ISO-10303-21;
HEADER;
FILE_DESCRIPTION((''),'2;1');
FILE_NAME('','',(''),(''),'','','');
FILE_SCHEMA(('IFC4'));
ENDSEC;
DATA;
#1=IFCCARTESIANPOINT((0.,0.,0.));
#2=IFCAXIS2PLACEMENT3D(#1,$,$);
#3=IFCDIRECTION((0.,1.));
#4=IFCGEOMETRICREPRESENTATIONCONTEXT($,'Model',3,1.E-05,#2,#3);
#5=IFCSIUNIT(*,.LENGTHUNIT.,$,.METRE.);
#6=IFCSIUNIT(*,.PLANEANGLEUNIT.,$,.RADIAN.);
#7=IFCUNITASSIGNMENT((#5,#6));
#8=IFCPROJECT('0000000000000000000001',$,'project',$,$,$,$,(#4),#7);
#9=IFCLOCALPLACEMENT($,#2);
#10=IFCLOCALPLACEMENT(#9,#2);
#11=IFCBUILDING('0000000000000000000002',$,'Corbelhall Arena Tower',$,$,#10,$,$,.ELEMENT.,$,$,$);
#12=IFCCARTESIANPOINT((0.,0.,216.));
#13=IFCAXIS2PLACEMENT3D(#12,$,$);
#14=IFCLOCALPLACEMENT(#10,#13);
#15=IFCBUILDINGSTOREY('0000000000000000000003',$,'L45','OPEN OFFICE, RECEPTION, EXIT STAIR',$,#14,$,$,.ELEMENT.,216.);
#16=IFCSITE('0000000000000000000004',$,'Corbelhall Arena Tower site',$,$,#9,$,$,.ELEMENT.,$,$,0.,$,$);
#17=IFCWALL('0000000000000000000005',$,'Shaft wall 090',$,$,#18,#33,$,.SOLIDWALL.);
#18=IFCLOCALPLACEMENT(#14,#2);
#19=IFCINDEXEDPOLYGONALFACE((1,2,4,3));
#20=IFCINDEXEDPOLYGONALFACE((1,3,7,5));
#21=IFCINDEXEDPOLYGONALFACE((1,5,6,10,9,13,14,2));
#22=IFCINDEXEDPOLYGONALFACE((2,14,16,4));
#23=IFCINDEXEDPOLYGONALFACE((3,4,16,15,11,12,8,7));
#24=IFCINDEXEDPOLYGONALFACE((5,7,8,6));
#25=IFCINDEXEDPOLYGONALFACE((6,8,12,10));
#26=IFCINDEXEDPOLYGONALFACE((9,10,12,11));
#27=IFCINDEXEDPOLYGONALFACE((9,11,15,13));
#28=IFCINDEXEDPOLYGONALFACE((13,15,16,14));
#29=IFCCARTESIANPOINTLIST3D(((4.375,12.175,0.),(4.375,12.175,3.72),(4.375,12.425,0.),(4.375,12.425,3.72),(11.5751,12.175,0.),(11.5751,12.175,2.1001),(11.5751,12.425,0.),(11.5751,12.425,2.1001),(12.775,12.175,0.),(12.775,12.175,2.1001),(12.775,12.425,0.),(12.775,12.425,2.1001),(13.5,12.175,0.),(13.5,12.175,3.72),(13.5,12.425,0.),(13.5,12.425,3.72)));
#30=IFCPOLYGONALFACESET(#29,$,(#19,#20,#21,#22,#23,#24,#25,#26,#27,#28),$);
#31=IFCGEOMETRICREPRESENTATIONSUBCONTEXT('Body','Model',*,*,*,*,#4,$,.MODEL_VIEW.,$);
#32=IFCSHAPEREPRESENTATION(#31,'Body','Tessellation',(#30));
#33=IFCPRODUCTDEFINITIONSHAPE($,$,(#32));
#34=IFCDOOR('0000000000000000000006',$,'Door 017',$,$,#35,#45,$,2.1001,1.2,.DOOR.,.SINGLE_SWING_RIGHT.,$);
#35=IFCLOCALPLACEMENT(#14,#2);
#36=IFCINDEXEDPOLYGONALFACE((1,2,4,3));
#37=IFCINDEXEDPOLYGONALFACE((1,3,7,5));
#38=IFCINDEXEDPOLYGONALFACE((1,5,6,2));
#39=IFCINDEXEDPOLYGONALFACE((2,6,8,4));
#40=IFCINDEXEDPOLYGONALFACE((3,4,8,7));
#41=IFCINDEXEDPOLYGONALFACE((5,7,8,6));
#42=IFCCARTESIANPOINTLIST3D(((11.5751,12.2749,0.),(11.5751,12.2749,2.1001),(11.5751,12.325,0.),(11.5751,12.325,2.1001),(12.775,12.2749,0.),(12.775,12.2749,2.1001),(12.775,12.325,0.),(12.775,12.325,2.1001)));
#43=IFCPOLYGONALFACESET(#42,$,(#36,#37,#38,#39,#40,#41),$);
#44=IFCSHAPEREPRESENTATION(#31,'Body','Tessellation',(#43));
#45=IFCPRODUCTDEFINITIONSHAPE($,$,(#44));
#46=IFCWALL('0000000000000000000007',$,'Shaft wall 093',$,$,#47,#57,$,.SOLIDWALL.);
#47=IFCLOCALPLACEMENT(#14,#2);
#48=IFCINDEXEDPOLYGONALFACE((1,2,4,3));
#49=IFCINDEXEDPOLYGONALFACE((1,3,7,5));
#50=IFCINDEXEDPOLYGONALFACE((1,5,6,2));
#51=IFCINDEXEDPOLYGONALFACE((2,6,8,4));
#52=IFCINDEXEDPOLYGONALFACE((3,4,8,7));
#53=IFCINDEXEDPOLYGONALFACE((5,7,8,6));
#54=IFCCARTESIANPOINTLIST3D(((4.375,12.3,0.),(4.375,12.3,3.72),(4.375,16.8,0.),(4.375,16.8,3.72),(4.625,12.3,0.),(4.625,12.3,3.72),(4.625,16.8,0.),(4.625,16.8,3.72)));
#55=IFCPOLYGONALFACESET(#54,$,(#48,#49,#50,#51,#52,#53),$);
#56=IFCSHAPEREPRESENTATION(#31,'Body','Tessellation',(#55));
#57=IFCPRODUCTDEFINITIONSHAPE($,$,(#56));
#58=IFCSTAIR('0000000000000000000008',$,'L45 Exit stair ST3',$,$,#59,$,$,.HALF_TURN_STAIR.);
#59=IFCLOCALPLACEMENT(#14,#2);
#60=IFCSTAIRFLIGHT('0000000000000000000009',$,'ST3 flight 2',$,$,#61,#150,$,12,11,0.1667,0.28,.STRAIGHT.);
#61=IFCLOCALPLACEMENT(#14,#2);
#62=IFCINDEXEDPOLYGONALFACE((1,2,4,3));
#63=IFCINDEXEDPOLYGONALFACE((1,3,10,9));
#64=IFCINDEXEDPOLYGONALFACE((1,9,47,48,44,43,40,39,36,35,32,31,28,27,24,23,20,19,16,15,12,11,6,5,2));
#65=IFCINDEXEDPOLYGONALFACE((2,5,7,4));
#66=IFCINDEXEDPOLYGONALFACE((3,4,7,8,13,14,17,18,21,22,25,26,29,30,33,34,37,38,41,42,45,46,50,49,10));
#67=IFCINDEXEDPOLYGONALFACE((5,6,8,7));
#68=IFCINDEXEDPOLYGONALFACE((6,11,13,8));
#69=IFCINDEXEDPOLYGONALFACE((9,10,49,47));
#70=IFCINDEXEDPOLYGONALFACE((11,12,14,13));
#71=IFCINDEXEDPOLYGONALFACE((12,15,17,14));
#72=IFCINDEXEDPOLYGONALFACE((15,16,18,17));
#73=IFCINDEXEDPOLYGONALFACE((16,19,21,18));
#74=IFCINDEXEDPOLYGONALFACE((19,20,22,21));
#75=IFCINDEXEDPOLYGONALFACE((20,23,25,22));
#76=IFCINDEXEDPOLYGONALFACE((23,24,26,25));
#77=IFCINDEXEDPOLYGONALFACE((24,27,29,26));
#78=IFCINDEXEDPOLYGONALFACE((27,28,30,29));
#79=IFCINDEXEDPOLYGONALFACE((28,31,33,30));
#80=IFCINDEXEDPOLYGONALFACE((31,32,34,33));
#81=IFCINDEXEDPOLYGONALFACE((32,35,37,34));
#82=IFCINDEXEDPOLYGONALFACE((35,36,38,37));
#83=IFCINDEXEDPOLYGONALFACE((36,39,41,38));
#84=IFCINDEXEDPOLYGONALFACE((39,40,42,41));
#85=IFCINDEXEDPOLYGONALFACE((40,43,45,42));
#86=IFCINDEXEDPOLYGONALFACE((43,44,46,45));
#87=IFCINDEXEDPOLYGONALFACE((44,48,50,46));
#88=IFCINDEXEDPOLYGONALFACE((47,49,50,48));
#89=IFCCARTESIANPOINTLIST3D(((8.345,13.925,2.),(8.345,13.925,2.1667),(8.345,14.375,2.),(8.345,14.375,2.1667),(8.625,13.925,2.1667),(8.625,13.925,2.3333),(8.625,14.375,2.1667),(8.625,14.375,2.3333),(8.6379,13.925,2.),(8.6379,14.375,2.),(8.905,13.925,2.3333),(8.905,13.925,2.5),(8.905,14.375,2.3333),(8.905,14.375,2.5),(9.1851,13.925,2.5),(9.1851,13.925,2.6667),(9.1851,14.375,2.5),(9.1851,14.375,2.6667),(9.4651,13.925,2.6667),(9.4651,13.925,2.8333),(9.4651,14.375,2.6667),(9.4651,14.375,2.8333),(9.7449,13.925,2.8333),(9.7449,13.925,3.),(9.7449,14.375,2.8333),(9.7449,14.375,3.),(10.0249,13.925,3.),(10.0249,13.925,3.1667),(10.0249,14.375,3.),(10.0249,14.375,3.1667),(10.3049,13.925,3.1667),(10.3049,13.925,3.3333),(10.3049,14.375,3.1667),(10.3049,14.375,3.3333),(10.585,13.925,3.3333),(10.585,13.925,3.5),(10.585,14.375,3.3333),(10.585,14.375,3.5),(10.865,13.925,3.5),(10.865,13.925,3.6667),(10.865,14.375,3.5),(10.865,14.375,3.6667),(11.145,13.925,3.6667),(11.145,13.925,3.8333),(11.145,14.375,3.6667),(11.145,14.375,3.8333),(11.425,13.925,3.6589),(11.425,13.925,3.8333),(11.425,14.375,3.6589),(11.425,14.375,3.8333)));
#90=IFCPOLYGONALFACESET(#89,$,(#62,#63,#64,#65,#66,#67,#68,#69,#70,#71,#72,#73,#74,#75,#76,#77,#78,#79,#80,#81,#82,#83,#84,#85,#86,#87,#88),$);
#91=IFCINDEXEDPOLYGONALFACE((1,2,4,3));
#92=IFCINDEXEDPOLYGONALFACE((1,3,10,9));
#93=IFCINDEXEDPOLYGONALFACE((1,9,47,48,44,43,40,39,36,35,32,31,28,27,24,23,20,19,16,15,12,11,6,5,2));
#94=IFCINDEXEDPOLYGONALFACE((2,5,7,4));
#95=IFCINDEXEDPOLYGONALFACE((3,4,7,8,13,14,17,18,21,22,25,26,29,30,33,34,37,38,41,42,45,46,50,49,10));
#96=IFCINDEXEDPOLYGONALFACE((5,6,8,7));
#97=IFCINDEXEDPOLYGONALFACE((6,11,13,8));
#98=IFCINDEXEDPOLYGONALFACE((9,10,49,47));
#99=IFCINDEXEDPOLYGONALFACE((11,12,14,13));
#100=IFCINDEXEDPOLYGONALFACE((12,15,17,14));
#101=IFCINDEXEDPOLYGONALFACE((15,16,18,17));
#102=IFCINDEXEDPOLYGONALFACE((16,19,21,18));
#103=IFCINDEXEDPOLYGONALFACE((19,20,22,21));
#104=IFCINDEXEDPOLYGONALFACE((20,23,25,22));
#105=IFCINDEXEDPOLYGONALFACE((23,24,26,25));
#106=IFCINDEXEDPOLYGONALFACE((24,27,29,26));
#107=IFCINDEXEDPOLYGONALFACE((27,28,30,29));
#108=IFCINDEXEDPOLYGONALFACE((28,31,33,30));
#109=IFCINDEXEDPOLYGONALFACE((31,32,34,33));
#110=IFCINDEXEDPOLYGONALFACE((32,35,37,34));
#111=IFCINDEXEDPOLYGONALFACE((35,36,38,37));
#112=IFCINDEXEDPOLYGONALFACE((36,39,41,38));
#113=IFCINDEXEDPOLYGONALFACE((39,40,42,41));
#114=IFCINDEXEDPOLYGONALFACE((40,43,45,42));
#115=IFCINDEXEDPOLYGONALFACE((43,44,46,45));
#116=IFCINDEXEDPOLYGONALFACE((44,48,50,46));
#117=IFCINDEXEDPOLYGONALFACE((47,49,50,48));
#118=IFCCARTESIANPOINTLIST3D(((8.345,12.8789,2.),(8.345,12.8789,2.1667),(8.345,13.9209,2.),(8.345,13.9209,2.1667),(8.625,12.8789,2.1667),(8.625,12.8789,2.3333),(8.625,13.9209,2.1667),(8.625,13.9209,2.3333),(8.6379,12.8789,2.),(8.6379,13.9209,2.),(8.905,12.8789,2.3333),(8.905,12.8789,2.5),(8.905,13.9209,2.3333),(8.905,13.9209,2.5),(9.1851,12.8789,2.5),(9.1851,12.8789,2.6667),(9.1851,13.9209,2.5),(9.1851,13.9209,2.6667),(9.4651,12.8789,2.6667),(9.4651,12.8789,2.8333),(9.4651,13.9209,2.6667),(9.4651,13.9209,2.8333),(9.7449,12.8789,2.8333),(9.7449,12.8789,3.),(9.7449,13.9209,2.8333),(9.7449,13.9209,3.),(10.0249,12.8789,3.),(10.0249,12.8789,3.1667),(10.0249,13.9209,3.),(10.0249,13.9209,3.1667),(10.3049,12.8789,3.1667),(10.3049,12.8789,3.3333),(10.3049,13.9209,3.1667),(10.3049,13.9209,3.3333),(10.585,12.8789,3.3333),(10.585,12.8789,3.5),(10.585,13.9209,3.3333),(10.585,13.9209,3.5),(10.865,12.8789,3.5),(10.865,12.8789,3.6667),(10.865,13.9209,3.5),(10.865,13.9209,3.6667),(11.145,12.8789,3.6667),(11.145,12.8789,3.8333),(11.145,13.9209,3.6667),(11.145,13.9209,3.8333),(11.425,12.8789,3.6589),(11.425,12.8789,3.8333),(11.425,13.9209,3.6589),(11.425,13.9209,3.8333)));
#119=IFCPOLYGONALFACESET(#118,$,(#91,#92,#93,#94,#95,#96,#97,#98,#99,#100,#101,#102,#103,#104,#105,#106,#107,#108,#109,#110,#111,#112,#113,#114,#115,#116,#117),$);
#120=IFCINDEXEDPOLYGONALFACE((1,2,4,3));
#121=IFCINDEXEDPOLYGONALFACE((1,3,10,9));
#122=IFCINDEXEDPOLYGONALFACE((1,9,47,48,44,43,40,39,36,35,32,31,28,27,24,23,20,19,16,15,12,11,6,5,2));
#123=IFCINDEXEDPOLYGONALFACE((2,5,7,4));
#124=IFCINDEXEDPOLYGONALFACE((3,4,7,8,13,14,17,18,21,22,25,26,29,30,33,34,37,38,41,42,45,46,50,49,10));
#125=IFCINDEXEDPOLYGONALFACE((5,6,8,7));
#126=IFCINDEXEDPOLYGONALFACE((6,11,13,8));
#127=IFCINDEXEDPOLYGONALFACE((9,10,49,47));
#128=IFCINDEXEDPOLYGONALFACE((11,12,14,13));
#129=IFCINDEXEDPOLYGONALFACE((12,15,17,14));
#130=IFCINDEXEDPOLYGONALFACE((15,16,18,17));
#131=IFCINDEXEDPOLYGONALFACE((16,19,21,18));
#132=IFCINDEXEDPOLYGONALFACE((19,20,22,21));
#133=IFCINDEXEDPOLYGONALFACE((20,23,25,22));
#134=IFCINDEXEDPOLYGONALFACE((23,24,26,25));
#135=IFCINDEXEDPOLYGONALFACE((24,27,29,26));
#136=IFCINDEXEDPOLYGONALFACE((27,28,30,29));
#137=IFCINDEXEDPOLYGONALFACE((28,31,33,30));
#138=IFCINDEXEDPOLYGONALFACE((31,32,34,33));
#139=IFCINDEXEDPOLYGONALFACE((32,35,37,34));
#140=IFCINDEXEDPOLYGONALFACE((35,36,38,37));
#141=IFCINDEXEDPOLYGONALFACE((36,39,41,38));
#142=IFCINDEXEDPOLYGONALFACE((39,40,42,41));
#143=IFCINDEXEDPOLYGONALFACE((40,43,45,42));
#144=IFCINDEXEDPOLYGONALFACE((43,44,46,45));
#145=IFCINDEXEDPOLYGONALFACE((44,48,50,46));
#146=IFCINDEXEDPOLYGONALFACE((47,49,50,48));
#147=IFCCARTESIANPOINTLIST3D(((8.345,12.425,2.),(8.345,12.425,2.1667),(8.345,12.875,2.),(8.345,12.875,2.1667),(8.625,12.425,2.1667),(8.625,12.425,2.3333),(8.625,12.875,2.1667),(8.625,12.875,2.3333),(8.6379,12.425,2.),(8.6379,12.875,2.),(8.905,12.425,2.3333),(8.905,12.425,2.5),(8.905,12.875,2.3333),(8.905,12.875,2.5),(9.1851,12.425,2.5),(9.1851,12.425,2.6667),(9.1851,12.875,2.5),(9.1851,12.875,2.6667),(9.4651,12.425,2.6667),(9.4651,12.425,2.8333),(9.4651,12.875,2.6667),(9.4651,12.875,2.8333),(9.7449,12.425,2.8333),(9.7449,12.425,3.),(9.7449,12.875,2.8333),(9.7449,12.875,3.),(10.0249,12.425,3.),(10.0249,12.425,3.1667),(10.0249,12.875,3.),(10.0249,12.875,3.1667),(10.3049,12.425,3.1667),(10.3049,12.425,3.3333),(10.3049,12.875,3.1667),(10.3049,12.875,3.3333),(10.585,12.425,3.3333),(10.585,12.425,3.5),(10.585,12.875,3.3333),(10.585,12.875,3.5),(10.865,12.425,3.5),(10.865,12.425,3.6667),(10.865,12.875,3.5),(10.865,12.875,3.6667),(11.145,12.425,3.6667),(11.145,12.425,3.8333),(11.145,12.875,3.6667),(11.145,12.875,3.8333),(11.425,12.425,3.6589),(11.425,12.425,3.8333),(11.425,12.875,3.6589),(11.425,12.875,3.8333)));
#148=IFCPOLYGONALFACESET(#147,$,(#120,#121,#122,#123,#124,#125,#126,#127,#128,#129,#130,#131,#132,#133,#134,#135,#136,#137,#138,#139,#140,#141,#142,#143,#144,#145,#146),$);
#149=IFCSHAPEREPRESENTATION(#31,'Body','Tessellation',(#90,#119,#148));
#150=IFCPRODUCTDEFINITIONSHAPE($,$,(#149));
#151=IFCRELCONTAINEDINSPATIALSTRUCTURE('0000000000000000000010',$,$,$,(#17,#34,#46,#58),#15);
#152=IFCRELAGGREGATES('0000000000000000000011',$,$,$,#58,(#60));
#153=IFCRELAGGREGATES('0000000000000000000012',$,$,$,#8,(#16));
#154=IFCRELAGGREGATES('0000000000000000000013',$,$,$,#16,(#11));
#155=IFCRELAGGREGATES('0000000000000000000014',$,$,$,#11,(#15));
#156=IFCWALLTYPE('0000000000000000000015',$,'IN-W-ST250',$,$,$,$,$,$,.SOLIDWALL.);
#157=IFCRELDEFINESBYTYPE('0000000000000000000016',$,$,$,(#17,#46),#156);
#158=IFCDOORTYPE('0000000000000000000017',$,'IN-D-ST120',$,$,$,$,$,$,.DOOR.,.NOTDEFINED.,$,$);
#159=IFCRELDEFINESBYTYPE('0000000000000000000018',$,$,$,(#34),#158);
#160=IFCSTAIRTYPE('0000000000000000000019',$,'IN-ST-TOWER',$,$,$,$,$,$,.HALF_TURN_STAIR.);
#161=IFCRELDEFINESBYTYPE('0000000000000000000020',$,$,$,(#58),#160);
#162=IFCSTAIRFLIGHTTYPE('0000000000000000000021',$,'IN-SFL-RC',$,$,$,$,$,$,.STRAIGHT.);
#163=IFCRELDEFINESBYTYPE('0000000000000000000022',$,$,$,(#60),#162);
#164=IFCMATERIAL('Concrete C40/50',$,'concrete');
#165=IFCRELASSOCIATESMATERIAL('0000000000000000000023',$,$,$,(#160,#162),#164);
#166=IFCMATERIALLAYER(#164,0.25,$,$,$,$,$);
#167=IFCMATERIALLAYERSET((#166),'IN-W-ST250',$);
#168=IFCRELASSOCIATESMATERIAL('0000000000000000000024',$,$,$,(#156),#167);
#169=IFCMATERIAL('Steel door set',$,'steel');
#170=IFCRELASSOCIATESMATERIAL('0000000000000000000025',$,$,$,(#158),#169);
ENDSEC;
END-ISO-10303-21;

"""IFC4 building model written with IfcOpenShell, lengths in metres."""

from ifc_helpers import new_model, si_unit, direction, frame, frame_2d, origin, place, context, subcontext, project, spatial, polyline, rectangle, outline, extrude, material, layer, layer_set, type_object, element, fill, aggregate, save


model = new_model("IFC4")

# Units and contexts
model_context = context("Model", 3, precision=1e-05, world=origin(), true_north=direction((0.0, 1.0)))
body_context = subcontext(model_context, "Body", "Model", "MODEL_VIEW")
ifc_project = project(units=[si_unit("LENGTHUNIT", "METRE"), si_unit("PLANEANGLEUNIT", "RADIAN")], contexts=[model_context])

# Site, building, storey
site_placement = place(None, origin())
site = spatial("IfcSite", under=ifc_project, at=site_placement, Name="Corbelhall Arena Tower site", CompositionType="ELEMENT", RefElevation=0.0)
building_placement = place(site_placement, origin())
building = spatial("IfcBuilding", under=site, at=building_placement, Name="Corbelhall Arena Tower", CompositionType="ELEMENT")
storey_placement = place(building_placement, frame((0.0, 0.0, 216.0)))
storey = spatial("IfcBuildingStorey", under=building, at=storey_placement, Name="L45", Description="OPEN OFFICE, RECEPTION, EXIT STAIR", CompositionType="ELEMENT", Elevation=216.0)

# Shared definitions
ifc_material_1 = material(Name="Concrete C40/50", Category="concrete")
stair_type = type_object("IfcStairType", Name="IN-ST-TOWER", PredefinedType="HALF_TURN_STAIR", material=ifc_material_1)

# Shared definitions
ifc_material_2 = material(Name="Steel door set", Category="steel")

# Wall, opening, door
ifc_layer_1 = layer(ifc_material_1, 0.25)
ifc_layer_set_1 = layer_set([ifc_layer_1], Name="IN-W-ST250")
wall_type_1 = type_object("IfcWallType", Name="IN-W-ST250", PredefinedType="SOLIDWALL", material=ifc_layer_set_1)
wall_1_placement = place(storey_placement, frame((4.375, 12.3, 0.0), z_axis=(0.0, 0.0, 1.0), x_axis=(1.0, 0.0, 0.0)))
wall_1 = element("IfcWall", 1, at=wall_1_placement, inside=storey, type_object=wall_type_1, Name="Shaft wall 090", PredefinedType="SOLIDWALL", context=body_context, shape_type="SweptSolid", body=[
    extrude(rectangle(XDim=9.125, YDim=0.25, at=frame_2d((4.5625, 0.0))), origin(), (0.0, 0.0, 1.0), 3.72),
])
opening_1_placement = place(wall_1_placement, frame((7.2, 0.0, 0.0)))
opening_1 = element("IfcOpeningElement", 2, at=opening_1_placement, cuts=wall_1, PredefinedType="OPENING", context=body_context, shape_type="SweptSolid", body=[
    extrude(rectangle(XDim=1.2, YDim=2.1001, at=frame_2d((0.6001, 1.05))), frame((0.0, 0.125, 0.0), z_axis=(0.0, -1.0, 0.0), x_axis=(1.0, 0.0, 0.0)), (0.0, 0.0, 1.0), 0.25),
])
door_type_1 = type_object("IfcDoorType", Name="IN-D-ST120", OperationType="NOTDEFINED", PredefinedType="DOOR", material=ifc_material_2)
door_1_placement = place(opening_1_placement, origin())
door_1 = element("IfcDoor", 3, at=door_1_placement, inside=storey, type_object=door_type_1, Name="Door 017", OperationType="SINGLE_SWING_RIGHT", OverallHeight=2.1001, OverallWidth=1.2, PredefinedType="DOOR", context=body_context, shape_type="SweptSolid", body=[
    extrude(rectangle(XDim=1.2, YDim=2.1001, at=frame_2d((0.6001, 1.05))), frame((0.0, 0.0249, 0.0), z_axis=(0.0, -1.0, 0.0), x_axis=(1.0, 0.0, 0.0)), (0.0, 0.0, 1.0), 0.05),
])
fill(opening_1, door_1)

# Wall
wall_2_placement = place(storey_placement, frame((4.5, 12.3, 0.0), z_axis=(0.0, 0.0, 1.0), x_axis=(0.0, 1.0, 0.0)))
element("IfcWall", 4, at=wall_2_placement, inside=storey, type_object=wall_type_1, Name="Shaft wall 093", PredefinedType="SOLIDWALL", context=body_context, shape_type="SweptSolid", body=[
    extrude(rectangle(XDim=4.5, YDim=0.25, at=frame_2d((2.25, 0.0))), origin(), (0.0, 0.0, 1.0), 3.72),
])

# Stair, stair flight
stair_1_placement = place(storey_placement, origin())
stair_1 = element("IfcStair", 5, at=stair_1_placement, inside=storey, type_object=stair_type, Name="L45 Exit stair ST3", PredefinedType="HALF_TURN_STAIR")
stair_flight_type = type_object("IfcStairFlightType", Name="IN-SFL-RC", PredefinedType="STRAIGHT", material=ifc_material_1)
stair_flight_placement = place(storey_placement, frame((8.345, 13.3999, 2.0), z_axis=(0.0, 0.0, 1.0), x_axis=(1.0, 0.0, 0.0)))
stair_flight = element("IfcStairFlight", 6, at=stair_flight_placement, type_object=stair_flight_type, Name="ST3 flight 2", NumberOfRisers=12, NumberOfTreads=11, PredefinedType="STRAIGHT", RiserHeight=0.1667, TreadLength=0.28, context=body_context, shape_type="SweptSolid", body=[
    extrude(outline(polyline([(0.0, 0.0), (0.0, 0.1667), (0.28, 0.1667), (0.28, 0.3333), (0.5601, 0.3333), (0.5601, 0.5), (0.8401, 0.5), (0.8401, 0.6667), (1.1201, 0.6667), (1.1201, 0.8333), (1.3999, 0.8333), (1.3999, 1.0), (1.6799, 1.0), (1.6799, 1.1667), (1.96, 1.1667), (1.96, 1.3333), (2.24, 1.3333), (2.24, 1.5), (2.52, 1.5), (2.52, 1.6667), (2.8, 1.6667), (2.8, 1.8333), (3.0801, 1.8333), (3.0801, 2.0), (3.0801, 1.6589), (0.293, 0.0), (0.0, 0.0)])), frame((0.0, 0.9751, 0.0), z_axis=(0.0, -1.0, 0.0), x_axis=(1.0, 0.0, 0.0)), (0.0, 0.0, 1.0), 0.45),
    extrude(outline(polyline([(0.0, 0.0), (0.0, 0.1667), (0.28, 0.1667), (0.28, 0.3333), (0.5601, 0.3333), (0.5601, 0.5), (0.8401, 0.5), (0.8401, 0.6667), (1.1201, 0.6667), (1.1201, 0.8333), (1.3999, 0.8333), (1.3999, 1.0), (1.6799, 1.0), (1.6799, 1.1667), (1.96, 1.1667), (1.96, 1.3333), (2.24, 1.3333), (2.24, 1.5), (2.52, 1.5), (2.52, 1.6667), (2.8, 1.6667), (2.8, 1.8333), (3.0801, 1.8333), (3.0801, 2.0), (3.0801, 1.6589), (0.293, 0.0), (0.0, 0.0)])), frame((0.0, 0.521, 0.0), z_axis=(0.0, -1.0, 0.0), x_axis=(1.0, 0.0, 0.0)), (0.0, 0.0, 1.0), 1.042),
    extrude(outline(polyline([(0.0, 0.0), (0.0, 0.1667), (0.28, 0.1667), (0.28, 0.3333), (0.5601, 0.3333), (0.5601, 0.5), (0.8401, 0.5), (0.8401, 0.6667), (1.1201, 0.6667), (1.1201, 0.8333), (1.3999, 0.8333), (1.3999, 1.0), (1.6799, 1.0), (1.6799, 1.1667), (1.96, 1.1667), (1.96, 1.3333), (2.24, 1.3333), (2.24, 1.5), (2.52, 1.5), (2.52, 1.6667), (2.8, 1.6667), (2.8, 1.8333), (3.0801, 1.8333), (3.0801, 2.0), (3.0801, 1.6589), (0.293, 0.0), (0.0, 0.0)])), frame((0.0, -0.5249, 0.0), z_axis=(0.0, -1.0, 0.0), x_axis=(1.0, 0.0, 0.0)), (0.0, 0.0, 1.0), 0.45),
])
aggregate(stair_1, [stair_flight])

save(model, "model.ifc")
